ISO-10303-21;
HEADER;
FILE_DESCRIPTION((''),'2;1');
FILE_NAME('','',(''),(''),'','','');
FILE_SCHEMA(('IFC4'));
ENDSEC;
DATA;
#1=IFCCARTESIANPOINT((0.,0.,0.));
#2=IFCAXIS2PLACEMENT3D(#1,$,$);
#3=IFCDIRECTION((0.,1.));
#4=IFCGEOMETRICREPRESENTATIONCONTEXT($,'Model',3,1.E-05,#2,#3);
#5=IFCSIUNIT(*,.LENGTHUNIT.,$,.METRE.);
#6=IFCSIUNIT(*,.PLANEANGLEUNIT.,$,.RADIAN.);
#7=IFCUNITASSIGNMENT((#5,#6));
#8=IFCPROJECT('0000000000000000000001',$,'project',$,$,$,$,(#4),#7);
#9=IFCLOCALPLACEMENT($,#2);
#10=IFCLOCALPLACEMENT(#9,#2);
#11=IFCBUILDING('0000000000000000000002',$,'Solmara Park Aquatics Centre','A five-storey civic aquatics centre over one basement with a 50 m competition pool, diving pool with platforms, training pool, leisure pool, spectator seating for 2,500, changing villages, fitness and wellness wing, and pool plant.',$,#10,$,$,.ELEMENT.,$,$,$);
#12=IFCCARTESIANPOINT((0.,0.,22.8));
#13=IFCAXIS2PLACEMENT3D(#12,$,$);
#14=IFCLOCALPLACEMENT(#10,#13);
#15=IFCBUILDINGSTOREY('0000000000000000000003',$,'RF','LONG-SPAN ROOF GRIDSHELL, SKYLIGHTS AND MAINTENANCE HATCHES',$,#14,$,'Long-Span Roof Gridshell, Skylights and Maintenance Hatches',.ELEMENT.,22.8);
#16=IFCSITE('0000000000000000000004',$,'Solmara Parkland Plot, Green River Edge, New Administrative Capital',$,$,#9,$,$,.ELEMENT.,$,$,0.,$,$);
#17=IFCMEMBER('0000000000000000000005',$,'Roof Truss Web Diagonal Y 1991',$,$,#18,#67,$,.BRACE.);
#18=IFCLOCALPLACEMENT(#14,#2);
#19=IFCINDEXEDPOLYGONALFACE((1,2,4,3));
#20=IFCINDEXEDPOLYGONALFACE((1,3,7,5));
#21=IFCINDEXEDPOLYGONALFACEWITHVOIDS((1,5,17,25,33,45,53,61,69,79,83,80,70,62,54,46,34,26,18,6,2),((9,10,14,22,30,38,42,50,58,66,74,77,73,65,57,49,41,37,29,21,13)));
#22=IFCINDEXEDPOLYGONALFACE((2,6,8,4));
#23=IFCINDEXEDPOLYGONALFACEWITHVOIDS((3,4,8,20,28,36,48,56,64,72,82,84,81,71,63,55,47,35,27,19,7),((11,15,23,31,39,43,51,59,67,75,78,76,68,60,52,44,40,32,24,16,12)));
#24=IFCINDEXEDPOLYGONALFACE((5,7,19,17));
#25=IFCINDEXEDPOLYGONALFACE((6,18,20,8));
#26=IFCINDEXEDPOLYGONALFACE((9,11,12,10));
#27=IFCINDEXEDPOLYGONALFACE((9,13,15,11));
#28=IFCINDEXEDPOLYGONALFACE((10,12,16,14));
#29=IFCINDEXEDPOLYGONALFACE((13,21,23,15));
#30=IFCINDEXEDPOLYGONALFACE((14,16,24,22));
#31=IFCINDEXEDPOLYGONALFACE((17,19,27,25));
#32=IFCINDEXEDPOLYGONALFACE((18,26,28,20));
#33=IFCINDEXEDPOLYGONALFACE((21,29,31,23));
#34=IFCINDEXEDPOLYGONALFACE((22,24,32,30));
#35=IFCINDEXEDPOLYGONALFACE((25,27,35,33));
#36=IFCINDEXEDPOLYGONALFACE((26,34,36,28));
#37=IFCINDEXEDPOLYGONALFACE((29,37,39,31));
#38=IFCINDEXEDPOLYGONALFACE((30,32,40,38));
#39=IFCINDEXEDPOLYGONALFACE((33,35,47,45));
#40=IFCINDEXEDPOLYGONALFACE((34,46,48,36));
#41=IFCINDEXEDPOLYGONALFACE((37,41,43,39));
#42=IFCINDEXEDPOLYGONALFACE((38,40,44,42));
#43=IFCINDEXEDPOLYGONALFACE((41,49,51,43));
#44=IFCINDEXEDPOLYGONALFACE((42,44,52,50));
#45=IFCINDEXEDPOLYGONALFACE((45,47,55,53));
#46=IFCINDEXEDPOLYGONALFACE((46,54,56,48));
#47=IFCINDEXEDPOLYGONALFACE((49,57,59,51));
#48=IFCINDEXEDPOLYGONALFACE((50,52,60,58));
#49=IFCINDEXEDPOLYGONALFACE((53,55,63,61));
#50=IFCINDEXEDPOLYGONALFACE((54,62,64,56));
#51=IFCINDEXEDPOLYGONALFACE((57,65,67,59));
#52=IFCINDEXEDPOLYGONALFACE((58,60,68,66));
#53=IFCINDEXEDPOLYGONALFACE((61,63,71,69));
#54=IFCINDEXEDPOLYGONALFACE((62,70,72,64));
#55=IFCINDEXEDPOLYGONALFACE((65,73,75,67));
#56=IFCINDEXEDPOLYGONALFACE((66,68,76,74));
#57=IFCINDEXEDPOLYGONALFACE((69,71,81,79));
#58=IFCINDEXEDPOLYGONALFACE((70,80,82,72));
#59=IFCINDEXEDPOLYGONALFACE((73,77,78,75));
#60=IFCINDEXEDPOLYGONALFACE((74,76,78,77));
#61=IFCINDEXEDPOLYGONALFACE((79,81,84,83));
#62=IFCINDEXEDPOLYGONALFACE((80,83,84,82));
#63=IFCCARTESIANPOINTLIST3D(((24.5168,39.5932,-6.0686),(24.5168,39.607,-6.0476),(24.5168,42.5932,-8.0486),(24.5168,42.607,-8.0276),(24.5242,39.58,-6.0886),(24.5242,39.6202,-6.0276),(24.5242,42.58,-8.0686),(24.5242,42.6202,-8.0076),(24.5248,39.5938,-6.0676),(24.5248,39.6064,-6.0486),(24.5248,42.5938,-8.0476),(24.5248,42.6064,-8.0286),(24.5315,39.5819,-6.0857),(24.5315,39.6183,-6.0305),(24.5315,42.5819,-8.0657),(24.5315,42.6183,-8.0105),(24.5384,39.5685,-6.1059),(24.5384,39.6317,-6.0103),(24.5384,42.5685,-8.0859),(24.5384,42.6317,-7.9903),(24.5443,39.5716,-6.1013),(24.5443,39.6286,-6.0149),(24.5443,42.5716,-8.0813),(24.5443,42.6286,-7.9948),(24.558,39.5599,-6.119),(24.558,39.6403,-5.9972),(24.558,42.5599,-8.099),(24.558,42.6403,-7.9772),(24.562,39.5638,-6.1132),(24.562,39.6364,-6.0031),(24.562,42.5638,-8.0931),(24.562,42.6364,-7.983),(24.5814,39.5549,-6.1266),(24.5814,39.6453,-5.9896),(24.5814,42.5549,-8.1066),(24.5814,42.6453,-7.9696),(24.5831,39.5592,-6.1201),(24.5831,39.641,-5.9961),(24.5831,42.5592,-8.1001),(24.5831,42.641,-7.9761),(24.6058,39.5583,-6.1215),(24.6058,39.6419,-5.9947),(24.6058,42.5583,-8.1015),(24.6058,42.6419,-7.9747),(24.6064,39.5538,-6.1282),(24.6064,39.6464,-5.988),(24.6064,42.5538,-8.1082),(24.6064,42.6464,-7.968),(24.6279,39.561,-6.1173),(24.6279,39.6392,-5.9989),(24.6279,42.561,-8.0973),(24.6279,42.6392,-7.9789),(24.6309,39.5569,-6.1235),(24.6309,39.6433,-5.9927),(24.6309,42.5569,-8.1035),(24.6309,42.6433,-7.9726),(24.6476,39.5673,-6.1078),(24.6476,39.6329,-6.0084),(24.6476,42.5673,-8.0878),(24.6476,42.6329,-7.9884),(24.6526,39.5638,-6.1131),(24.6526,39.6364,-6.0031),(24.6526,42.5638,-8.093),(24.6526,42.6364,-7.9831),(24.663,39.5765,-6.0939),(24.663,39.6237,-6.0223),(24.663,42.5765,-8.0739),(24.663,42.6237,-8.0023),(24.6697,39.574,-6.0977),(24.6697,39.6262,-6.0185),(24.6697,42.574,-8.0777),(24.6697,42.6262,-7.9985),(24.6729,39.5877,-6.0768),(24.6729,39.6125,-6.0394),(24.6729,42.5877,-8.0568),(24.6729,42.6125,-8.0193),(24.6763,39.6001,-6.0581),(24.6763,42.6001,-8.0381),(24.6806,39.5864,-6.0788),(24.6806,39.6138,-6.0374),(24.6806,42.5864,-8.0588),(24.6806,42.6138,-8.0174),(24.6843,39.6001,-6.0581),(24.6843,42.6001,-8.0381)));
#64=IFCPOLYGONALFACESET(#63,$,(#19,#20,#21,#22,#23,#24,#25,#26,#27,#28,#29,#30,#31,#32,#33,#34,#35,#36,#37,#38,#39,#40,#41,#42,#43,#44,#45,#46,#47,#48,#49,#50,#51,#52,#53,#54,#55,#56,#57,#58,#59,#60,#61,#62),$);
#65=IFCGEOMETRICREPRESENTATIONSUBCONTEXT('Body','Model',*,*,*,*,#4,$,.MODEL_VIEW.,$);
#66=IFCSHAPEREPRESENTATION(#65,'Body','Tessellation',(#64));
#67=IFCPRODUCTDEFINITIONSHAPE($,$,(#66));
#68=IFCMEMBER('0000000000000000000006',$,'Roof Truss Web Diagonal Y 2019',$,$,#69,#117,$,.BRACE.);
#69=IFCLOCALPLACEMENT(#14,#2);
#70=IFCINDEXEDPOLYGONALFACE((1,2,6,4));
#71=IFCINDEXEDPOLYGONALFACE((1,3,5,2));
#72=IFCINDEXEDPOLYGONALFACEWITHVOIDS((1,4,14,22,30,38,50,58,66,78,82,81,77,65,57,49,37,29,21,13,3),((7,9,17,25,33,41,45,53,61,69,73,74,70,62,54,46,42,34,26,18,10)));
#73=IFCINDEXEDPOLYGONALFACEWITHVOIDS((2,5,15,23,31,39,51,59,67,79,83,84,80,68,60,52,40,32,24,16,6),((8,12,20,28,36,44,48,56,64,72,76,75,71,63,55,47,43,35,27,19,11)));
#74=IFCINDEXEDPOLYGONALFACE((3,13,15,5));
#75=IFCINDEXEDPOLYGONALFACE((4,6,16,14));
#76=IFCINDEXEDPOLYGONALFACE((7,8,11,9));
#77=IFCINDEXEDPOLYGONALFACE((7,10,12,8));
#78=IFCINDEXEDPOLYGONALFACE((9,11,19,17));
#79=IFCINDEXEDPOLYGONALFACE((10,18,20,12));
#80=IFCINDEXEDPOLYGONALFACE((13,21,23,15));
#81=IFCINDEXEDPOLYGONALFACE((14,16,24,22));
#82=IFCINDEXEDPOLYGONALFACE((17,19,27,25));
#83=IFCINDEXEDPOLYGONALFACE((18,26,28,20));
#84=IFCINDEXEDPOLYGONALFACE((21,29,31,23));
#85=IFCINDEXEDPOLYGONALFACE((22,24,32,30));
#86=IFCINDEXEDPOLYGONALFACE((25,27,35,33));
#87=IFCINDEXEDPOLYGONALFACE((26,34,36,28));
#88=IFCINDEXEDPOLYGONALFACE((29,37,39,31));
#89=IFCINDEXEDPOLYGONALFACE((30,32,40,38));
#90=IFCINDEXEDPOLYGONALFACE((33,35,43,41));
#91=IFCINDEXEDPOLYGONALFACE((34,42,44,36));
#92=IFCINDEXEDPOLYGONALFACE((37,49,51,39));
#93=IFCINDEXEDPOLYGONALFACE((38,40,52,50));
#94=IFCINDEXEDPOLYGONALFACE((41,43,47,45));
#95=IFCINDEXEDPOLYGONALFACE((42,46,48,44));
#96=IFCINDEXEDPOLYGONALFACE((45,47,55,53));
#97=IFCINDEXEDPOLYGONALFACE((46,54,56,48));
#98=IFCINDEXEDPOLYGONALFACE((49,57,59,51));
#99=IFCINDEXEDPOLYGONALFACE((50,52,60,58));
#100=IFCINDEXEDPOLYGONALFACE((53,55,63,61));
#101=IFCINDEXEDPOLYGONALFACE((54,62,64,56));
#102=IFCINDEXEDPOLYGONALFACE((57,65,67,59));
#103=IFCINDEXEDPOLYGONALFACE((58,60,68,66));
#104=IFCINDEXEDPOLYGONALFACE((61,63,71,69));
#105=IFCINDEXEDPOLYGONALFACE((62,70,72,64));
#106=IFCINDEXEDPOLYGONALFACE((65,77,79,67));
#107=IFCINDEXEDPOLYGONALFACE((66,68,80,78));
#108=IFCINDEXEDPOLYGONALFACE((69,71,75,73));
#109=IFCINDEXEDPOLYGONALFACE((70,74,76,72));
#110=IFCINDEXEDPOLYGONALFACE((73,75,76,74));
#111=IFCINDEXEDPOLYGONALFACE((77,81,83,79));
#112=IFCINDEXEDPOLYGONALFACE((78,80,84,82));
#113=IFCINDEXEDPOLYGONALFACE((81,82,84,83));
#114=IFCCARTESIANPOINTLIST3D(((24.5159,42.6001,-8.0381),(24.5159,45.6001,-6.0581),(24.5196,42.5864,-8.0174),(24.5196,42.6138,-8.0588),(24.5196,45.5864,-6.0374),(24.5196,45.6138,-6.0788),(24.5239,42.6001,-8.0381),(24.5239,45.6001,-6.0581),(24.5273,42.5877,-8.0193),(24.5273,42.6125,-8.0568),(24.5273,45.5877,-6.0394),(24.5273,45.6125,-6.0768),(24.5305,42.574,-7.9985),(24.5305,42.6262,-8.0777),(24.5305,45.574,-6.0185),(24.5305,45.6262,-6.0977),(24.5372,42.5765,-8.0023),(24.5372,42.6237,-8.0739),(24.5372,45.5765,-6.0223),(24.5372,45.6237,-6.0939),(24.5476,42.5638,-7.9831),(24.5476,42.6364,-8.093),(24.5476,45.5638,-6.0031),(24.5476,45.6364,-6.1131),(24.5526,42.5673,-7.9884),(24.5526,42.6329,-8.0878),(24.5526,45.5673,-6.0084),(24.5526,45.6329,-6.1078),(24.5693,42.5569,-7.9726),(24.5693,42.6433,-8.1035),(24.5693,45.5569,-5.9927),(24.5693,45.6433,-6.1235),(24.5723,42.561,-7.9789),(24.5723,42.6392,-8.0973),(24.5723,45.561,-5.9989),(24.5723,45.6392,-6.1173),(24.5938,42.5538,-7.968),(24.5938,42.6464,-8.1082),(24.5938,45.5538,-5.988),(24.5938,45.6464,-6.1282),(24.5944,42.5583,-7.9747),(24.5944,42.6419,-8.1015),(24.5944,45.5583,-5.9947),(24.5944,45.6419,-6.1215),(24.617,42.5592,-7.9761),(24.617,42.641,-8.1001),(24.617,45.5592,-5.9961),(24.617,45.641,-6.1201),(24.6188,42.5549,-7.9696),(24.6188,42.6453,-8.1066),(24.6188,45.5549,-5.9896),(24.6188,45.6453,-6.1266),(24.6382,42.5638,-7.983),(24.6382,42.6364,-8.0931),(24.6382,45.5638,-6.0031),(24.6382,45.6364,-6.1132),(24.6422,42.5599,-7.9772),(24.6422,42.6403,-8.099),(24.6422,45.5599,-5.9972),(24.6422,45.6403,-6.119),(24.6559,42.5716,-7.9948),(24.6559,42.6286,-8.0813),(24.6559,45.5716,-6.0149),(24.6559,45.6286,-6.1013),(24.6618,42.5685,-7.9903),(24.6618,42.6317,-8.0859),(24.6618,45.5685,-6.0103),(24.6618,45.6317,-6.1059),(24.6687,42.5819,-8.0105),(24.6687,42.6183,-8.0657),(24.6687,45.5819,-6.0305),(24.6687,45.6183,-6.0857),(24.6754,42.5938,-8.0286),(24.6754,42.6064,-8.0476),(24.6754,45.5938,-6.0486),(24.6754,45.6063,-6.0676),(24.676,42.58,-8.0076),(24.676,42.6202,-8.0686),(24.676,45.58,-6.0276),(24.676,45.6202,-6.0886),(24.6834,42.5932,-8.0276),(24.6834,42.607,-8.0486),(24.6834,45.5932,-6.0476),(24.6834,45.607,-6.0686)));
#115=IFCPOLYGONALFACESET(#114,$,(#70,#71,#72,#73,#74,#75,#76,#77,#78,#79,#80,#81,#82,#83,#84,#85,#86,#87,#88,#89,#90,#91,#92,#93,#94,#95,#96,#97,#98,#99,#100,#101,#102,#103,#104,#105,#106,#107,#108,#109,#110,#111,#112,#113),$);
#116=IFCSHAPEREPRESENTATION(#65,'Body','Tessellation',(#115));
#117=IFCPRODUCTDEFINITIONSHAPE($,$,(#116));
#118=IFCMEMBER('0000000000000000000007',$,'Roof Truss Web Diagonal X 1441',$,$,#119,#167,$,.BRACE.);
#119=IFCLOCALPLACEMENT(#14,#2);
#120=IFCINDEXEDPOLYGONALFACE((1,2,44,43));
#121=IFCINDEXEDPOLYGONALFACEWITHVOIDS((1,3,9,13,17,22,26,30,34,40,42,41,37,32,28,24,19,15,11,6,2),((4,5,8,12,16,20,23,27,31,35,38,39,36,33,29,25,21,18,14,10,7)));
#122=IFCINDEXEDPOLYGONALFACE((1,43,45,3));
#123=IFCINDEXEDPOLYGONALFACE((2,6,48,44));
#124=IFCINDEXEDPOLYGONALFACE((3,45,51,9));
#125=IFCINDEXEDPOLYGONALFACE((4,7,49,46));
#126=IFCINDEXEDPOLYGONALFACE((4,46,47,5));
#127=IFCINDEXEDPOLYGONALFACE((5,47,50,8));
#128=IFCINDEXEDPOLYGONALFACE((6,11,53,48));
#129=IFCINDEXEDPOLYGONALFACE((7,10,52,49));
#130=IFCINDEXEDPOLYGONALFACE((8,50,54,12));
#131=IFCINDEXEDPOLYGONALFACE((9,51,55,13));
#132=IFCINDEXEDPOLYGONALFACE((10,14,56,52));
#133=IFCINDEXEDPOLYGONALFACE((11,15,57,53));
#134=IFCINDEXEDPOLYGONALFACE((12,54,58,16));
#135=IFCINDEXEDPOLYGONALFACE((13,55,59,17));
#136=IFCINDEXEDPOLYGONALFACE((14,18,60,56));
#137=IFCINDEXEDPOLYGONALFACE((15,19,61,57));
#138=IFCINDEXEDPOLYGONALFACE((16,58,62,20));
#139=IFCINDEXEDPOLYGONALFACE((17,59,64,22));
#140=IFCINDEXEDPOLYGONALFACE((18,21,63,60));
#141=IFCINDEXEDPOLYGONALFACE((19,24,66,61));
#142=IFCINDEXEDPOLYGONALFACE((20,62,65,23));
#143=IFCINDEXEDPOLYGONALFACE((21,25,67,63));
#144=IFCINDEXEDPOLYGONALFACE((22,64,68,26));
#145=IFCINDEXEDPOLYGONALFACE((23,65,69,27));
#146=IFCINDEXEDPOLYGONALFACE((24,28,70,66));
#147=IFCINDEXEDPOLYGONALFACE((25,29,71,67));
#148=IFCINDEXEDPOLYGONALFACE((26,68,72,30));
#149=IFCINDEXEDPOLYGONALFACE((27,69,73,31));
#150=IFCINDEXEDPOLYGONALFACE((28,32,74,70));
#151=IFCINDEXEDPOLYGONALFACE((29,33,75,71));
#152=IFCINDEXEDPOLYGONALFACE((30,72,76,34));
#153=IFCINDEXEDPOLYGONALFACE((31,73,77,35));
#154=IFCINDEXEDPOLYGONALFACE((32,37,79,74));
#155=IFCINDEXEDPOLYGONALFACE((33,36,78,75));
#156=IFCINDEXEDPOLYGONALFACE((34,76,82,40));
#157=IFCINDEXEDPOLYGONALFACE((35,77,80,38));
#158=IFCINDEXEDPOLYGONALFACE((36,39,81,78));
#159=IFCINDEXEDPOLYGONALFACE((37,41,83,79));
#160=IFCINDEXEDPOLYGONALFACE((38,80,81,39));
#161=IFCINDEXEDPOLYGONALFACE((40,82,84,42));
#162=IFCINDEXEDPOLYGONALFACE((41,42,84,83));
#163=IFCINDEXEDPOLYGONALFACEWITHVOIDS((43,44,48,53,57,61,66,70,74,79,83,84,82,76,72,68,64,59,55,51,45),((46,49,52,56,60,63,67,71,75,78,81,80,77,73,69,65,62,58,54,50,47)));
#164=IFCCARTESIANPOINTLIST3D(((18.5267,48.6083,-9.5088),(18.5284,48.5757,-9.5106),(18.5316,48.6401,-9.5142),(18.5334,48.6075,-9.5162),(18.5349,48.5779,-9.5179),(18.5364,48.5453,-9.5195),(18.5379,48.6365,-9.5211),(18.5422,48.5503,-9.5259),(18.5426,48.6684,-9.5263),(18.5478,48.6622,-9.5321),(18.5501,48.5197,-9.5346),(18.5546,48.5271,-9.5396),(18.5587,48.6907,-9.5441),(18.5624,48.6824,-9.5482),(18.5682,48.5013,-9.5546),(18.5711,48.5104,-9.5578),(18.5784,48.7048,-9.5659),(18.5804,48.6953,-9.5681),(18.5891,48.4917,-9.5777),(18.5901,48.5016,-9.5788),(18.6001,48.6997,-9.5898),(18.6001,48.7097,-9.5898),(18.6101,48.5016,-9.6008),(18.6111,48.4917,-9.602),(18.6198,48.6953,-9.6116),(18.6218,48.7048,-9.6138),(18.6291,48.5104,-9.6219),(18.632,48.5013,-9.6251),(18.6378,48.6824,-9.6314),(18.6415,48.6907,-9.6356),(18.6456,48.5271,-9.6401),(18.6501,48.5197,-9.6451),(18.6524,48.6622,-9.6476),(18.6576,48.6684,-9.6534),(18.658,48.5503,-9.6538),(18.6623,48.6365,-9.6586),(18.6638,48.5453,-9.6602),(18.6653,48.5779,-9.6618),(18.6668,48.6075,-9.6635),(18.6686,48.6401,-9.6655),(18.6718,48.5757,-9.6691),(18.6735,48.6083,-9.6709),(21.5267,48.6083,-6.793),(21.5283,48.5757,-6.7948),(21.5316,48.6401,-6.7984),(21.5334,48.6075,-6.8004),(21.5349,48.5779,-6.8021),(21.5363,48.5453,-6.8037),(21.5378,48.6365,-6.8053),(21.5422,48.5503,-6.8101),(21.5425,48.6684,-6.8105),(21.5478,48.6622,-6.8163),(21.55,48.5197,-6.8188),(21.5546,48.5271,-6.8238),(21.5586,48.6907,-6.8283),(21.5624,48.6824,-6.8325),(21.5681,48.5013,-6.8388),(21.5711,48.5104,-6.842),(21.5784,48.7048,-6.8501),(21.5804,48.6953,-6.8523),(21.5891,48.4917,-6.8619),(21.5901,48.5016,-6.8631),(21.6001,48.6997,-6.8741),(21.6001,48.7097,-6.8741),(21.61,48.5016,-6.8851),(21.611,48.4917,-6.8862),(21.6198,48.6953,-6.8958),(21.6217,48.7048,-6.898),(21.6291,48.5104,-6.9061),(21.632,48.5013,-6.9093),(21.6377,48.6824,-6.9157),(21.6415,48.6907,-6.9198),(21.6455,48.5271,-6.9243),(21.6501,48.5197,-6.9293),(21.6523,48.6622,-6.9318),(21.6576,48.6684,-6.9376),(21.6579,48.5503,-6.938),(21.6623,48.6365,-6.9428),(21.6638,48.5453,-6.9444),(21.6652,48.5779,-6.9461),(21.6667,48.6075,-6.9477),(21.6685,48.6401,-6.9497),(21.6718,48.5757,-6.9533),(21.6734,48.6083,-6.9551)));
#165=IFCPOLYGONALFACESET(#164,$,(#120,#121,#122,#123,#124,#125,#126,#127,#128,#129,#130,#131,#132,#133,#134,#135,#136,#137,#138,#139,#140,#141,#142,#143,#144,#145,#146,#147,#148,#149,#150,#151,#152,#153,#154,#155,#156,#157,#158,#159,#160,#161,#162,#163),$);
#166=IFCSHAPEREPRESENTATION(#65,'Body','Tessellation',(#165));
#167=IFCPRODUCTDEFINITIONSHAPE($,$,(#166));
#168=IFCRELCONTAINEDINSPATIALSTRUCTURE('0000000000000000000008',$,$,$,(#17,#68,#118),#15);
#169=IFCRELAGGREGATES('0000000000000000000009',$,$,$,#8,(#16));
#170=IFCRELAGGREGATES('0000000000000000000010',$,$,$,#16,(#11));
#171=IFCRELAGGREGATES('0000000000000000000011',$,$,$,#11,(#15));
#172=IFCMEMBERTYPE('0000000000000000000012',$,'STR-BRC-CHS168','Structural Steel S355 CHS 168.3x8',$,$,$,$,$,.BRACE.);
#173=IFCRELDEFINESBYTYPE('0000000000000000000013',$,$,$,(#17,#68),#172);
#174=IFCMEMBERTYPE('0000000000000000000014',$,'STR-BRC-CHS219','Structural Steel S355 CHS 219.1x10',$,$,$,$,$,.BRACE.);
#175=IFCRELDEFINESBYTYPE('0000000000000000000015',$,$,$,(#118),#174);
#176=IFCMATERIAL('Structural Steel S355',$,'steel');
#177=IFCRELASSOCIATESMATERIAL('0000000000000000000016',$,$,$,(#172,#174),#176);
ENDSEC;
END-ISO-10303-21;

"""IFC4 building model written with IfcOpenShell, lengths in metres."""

from ifc_helpers import new_model, si_unit, direction, frame, origin, origin_2d, place, context, subcontext, project, spatial, hollow_circle, extrude, material, material_profile, profile_set, type_object, element, save


model = new_model("IFC4")

# Units and contexts
model_context = context("Model", 3, precision=1e-05, world=origin(), true_north=direction((0.0, 1.0)))
body_context = subcontext(model_context, "Body", "Model", "MODEL_VIEW")
ifc_project = project(units=[si_unit("LENGTHUNIT", "METRE"), si_unit("PLANEANGLEUNIT", "RADIAN")], contexts=[model_context])

# Site, building, storey
site_placement = place(None, origin())
site = spatial("IfcSite", under=ifc_project, at=site_placement, Name="Solmara Parkland Plot, Green River Edge, New Administrative Capital", CompositionType="ELEMENT", RefElevation=0.0)
building_placement = place(site_placement, origin())
building = spatial("IfcBuilding", under=site, at=building_placement, Name="Solmara Park Aquatics Centre", Description="A five-storey civic aquatics centre over one basement with a 50 m competition pool, diving pool with platforms, training pool, leisure pool, spectator seating for 2,500, changing villages, fitness and wellness wing, and pool plant.", CompositionType="ELEMENT")
storey_placement = place(building_placement, frame((0.0, 0.0, 22.8)))
storey = spatial("IfcBuildingStorey", under=building, at=storey_placement, Name="RF", Description="LONG-SPAN ROOF GRIDSHELL, SKYLIGHTS AND MAINTENANCE HATCHES", LongName="Long-Span Roof Gridshell, Skylights and Maintenance Hatches", CompositionType="ELEMENT", Elevation=22.8)

# Members
ifc_material_1 = material(Name="Structural Steel S355", Category="steel")
ifc_material_profile_1 = material_profile(ifc_material_1, hollow_circle(Radius=0.0842, WallThickness=0.0081, at=origin_2d()), Name="CHS 168.3x8")
ifc_profile_set_1 = profile_set([ifc_material_profile_1], Name="Structural Steel S355")
member_type_1 = type_object("IfcMemberType", Name="STR-BRC-CHS168", Description="Structural Steel S355 CHS 168.3x8", PredefinedType="BRACE", material=ifc_profile_set_1)
for number, where, z_axis, x_axis, name in (
    (1, (24.6001, 42.6001, -8.0381), (0.0, -0.834612, 0.550838), (1.0, 0.0, 0.0), "Roof Truss Web Diagonal Y 1991"),
    (2, (24.6001, 42.6001, -8.0381), (0.0, 0.834612, 0.550838), (-1.0, 0.0, 0.0), "Roof Truss Web Diagonal Y 2019"),
):
    element("IfcMember", number, at=place(storey_placement, frame(where, z_axis=z_axis, x_axis=x_axis)), inside=storey, type_object=member_type_1, Name=name, PredefinedType="BRACE", context=body_context, shape_type="SweptSolid", body=[
        extrude(hollow_circle(Radius=0.0842, WallThickness=0.0081, at=origin_2d()), origin(), (0.0, 0.0, 1.0), 3.5945),
    ])
ifc_material_profile_2 = material_profile(ifc_material_1, hollow_circle(Radius=0.1096, WallThickness=0.01, at=origin_2d()), Name="CHS 219.1x10")
ifc_profile_set_2 = profile_set([ifc_material_profile_2], Name="Structural Steel S355")
member_type_2 = type_object("IfcMemberType", Name="STR-BRC-CHS219", Description="Structural Steel S355 CHS 219.1x10", PredefinedType="BRACE", material=ifc_profile_set_2)
member_1_placement = place(storey_placement, frame((18.6001, 48.6001, -9.5898), z_axis=(0.741347, 0.0, 0.671122), x_axis=(0.0, 1.0, 0.0)))
element("IfcMember", 3, at=member_1_placement, inside=storey, type_object=member_type_2, Name="Roof Truss Web Diagonal X 1441", PredefinedType="BRACE", context=body_context, shape_type="SweptSolid", body=[
    extrude(hollow_circle(Radius=0.1096, WallThickness=0.01, at=origin_2d()), origin(), (0.0, 0.0, 1.0), 4.0466),
])

save(model, "model.ifc")
